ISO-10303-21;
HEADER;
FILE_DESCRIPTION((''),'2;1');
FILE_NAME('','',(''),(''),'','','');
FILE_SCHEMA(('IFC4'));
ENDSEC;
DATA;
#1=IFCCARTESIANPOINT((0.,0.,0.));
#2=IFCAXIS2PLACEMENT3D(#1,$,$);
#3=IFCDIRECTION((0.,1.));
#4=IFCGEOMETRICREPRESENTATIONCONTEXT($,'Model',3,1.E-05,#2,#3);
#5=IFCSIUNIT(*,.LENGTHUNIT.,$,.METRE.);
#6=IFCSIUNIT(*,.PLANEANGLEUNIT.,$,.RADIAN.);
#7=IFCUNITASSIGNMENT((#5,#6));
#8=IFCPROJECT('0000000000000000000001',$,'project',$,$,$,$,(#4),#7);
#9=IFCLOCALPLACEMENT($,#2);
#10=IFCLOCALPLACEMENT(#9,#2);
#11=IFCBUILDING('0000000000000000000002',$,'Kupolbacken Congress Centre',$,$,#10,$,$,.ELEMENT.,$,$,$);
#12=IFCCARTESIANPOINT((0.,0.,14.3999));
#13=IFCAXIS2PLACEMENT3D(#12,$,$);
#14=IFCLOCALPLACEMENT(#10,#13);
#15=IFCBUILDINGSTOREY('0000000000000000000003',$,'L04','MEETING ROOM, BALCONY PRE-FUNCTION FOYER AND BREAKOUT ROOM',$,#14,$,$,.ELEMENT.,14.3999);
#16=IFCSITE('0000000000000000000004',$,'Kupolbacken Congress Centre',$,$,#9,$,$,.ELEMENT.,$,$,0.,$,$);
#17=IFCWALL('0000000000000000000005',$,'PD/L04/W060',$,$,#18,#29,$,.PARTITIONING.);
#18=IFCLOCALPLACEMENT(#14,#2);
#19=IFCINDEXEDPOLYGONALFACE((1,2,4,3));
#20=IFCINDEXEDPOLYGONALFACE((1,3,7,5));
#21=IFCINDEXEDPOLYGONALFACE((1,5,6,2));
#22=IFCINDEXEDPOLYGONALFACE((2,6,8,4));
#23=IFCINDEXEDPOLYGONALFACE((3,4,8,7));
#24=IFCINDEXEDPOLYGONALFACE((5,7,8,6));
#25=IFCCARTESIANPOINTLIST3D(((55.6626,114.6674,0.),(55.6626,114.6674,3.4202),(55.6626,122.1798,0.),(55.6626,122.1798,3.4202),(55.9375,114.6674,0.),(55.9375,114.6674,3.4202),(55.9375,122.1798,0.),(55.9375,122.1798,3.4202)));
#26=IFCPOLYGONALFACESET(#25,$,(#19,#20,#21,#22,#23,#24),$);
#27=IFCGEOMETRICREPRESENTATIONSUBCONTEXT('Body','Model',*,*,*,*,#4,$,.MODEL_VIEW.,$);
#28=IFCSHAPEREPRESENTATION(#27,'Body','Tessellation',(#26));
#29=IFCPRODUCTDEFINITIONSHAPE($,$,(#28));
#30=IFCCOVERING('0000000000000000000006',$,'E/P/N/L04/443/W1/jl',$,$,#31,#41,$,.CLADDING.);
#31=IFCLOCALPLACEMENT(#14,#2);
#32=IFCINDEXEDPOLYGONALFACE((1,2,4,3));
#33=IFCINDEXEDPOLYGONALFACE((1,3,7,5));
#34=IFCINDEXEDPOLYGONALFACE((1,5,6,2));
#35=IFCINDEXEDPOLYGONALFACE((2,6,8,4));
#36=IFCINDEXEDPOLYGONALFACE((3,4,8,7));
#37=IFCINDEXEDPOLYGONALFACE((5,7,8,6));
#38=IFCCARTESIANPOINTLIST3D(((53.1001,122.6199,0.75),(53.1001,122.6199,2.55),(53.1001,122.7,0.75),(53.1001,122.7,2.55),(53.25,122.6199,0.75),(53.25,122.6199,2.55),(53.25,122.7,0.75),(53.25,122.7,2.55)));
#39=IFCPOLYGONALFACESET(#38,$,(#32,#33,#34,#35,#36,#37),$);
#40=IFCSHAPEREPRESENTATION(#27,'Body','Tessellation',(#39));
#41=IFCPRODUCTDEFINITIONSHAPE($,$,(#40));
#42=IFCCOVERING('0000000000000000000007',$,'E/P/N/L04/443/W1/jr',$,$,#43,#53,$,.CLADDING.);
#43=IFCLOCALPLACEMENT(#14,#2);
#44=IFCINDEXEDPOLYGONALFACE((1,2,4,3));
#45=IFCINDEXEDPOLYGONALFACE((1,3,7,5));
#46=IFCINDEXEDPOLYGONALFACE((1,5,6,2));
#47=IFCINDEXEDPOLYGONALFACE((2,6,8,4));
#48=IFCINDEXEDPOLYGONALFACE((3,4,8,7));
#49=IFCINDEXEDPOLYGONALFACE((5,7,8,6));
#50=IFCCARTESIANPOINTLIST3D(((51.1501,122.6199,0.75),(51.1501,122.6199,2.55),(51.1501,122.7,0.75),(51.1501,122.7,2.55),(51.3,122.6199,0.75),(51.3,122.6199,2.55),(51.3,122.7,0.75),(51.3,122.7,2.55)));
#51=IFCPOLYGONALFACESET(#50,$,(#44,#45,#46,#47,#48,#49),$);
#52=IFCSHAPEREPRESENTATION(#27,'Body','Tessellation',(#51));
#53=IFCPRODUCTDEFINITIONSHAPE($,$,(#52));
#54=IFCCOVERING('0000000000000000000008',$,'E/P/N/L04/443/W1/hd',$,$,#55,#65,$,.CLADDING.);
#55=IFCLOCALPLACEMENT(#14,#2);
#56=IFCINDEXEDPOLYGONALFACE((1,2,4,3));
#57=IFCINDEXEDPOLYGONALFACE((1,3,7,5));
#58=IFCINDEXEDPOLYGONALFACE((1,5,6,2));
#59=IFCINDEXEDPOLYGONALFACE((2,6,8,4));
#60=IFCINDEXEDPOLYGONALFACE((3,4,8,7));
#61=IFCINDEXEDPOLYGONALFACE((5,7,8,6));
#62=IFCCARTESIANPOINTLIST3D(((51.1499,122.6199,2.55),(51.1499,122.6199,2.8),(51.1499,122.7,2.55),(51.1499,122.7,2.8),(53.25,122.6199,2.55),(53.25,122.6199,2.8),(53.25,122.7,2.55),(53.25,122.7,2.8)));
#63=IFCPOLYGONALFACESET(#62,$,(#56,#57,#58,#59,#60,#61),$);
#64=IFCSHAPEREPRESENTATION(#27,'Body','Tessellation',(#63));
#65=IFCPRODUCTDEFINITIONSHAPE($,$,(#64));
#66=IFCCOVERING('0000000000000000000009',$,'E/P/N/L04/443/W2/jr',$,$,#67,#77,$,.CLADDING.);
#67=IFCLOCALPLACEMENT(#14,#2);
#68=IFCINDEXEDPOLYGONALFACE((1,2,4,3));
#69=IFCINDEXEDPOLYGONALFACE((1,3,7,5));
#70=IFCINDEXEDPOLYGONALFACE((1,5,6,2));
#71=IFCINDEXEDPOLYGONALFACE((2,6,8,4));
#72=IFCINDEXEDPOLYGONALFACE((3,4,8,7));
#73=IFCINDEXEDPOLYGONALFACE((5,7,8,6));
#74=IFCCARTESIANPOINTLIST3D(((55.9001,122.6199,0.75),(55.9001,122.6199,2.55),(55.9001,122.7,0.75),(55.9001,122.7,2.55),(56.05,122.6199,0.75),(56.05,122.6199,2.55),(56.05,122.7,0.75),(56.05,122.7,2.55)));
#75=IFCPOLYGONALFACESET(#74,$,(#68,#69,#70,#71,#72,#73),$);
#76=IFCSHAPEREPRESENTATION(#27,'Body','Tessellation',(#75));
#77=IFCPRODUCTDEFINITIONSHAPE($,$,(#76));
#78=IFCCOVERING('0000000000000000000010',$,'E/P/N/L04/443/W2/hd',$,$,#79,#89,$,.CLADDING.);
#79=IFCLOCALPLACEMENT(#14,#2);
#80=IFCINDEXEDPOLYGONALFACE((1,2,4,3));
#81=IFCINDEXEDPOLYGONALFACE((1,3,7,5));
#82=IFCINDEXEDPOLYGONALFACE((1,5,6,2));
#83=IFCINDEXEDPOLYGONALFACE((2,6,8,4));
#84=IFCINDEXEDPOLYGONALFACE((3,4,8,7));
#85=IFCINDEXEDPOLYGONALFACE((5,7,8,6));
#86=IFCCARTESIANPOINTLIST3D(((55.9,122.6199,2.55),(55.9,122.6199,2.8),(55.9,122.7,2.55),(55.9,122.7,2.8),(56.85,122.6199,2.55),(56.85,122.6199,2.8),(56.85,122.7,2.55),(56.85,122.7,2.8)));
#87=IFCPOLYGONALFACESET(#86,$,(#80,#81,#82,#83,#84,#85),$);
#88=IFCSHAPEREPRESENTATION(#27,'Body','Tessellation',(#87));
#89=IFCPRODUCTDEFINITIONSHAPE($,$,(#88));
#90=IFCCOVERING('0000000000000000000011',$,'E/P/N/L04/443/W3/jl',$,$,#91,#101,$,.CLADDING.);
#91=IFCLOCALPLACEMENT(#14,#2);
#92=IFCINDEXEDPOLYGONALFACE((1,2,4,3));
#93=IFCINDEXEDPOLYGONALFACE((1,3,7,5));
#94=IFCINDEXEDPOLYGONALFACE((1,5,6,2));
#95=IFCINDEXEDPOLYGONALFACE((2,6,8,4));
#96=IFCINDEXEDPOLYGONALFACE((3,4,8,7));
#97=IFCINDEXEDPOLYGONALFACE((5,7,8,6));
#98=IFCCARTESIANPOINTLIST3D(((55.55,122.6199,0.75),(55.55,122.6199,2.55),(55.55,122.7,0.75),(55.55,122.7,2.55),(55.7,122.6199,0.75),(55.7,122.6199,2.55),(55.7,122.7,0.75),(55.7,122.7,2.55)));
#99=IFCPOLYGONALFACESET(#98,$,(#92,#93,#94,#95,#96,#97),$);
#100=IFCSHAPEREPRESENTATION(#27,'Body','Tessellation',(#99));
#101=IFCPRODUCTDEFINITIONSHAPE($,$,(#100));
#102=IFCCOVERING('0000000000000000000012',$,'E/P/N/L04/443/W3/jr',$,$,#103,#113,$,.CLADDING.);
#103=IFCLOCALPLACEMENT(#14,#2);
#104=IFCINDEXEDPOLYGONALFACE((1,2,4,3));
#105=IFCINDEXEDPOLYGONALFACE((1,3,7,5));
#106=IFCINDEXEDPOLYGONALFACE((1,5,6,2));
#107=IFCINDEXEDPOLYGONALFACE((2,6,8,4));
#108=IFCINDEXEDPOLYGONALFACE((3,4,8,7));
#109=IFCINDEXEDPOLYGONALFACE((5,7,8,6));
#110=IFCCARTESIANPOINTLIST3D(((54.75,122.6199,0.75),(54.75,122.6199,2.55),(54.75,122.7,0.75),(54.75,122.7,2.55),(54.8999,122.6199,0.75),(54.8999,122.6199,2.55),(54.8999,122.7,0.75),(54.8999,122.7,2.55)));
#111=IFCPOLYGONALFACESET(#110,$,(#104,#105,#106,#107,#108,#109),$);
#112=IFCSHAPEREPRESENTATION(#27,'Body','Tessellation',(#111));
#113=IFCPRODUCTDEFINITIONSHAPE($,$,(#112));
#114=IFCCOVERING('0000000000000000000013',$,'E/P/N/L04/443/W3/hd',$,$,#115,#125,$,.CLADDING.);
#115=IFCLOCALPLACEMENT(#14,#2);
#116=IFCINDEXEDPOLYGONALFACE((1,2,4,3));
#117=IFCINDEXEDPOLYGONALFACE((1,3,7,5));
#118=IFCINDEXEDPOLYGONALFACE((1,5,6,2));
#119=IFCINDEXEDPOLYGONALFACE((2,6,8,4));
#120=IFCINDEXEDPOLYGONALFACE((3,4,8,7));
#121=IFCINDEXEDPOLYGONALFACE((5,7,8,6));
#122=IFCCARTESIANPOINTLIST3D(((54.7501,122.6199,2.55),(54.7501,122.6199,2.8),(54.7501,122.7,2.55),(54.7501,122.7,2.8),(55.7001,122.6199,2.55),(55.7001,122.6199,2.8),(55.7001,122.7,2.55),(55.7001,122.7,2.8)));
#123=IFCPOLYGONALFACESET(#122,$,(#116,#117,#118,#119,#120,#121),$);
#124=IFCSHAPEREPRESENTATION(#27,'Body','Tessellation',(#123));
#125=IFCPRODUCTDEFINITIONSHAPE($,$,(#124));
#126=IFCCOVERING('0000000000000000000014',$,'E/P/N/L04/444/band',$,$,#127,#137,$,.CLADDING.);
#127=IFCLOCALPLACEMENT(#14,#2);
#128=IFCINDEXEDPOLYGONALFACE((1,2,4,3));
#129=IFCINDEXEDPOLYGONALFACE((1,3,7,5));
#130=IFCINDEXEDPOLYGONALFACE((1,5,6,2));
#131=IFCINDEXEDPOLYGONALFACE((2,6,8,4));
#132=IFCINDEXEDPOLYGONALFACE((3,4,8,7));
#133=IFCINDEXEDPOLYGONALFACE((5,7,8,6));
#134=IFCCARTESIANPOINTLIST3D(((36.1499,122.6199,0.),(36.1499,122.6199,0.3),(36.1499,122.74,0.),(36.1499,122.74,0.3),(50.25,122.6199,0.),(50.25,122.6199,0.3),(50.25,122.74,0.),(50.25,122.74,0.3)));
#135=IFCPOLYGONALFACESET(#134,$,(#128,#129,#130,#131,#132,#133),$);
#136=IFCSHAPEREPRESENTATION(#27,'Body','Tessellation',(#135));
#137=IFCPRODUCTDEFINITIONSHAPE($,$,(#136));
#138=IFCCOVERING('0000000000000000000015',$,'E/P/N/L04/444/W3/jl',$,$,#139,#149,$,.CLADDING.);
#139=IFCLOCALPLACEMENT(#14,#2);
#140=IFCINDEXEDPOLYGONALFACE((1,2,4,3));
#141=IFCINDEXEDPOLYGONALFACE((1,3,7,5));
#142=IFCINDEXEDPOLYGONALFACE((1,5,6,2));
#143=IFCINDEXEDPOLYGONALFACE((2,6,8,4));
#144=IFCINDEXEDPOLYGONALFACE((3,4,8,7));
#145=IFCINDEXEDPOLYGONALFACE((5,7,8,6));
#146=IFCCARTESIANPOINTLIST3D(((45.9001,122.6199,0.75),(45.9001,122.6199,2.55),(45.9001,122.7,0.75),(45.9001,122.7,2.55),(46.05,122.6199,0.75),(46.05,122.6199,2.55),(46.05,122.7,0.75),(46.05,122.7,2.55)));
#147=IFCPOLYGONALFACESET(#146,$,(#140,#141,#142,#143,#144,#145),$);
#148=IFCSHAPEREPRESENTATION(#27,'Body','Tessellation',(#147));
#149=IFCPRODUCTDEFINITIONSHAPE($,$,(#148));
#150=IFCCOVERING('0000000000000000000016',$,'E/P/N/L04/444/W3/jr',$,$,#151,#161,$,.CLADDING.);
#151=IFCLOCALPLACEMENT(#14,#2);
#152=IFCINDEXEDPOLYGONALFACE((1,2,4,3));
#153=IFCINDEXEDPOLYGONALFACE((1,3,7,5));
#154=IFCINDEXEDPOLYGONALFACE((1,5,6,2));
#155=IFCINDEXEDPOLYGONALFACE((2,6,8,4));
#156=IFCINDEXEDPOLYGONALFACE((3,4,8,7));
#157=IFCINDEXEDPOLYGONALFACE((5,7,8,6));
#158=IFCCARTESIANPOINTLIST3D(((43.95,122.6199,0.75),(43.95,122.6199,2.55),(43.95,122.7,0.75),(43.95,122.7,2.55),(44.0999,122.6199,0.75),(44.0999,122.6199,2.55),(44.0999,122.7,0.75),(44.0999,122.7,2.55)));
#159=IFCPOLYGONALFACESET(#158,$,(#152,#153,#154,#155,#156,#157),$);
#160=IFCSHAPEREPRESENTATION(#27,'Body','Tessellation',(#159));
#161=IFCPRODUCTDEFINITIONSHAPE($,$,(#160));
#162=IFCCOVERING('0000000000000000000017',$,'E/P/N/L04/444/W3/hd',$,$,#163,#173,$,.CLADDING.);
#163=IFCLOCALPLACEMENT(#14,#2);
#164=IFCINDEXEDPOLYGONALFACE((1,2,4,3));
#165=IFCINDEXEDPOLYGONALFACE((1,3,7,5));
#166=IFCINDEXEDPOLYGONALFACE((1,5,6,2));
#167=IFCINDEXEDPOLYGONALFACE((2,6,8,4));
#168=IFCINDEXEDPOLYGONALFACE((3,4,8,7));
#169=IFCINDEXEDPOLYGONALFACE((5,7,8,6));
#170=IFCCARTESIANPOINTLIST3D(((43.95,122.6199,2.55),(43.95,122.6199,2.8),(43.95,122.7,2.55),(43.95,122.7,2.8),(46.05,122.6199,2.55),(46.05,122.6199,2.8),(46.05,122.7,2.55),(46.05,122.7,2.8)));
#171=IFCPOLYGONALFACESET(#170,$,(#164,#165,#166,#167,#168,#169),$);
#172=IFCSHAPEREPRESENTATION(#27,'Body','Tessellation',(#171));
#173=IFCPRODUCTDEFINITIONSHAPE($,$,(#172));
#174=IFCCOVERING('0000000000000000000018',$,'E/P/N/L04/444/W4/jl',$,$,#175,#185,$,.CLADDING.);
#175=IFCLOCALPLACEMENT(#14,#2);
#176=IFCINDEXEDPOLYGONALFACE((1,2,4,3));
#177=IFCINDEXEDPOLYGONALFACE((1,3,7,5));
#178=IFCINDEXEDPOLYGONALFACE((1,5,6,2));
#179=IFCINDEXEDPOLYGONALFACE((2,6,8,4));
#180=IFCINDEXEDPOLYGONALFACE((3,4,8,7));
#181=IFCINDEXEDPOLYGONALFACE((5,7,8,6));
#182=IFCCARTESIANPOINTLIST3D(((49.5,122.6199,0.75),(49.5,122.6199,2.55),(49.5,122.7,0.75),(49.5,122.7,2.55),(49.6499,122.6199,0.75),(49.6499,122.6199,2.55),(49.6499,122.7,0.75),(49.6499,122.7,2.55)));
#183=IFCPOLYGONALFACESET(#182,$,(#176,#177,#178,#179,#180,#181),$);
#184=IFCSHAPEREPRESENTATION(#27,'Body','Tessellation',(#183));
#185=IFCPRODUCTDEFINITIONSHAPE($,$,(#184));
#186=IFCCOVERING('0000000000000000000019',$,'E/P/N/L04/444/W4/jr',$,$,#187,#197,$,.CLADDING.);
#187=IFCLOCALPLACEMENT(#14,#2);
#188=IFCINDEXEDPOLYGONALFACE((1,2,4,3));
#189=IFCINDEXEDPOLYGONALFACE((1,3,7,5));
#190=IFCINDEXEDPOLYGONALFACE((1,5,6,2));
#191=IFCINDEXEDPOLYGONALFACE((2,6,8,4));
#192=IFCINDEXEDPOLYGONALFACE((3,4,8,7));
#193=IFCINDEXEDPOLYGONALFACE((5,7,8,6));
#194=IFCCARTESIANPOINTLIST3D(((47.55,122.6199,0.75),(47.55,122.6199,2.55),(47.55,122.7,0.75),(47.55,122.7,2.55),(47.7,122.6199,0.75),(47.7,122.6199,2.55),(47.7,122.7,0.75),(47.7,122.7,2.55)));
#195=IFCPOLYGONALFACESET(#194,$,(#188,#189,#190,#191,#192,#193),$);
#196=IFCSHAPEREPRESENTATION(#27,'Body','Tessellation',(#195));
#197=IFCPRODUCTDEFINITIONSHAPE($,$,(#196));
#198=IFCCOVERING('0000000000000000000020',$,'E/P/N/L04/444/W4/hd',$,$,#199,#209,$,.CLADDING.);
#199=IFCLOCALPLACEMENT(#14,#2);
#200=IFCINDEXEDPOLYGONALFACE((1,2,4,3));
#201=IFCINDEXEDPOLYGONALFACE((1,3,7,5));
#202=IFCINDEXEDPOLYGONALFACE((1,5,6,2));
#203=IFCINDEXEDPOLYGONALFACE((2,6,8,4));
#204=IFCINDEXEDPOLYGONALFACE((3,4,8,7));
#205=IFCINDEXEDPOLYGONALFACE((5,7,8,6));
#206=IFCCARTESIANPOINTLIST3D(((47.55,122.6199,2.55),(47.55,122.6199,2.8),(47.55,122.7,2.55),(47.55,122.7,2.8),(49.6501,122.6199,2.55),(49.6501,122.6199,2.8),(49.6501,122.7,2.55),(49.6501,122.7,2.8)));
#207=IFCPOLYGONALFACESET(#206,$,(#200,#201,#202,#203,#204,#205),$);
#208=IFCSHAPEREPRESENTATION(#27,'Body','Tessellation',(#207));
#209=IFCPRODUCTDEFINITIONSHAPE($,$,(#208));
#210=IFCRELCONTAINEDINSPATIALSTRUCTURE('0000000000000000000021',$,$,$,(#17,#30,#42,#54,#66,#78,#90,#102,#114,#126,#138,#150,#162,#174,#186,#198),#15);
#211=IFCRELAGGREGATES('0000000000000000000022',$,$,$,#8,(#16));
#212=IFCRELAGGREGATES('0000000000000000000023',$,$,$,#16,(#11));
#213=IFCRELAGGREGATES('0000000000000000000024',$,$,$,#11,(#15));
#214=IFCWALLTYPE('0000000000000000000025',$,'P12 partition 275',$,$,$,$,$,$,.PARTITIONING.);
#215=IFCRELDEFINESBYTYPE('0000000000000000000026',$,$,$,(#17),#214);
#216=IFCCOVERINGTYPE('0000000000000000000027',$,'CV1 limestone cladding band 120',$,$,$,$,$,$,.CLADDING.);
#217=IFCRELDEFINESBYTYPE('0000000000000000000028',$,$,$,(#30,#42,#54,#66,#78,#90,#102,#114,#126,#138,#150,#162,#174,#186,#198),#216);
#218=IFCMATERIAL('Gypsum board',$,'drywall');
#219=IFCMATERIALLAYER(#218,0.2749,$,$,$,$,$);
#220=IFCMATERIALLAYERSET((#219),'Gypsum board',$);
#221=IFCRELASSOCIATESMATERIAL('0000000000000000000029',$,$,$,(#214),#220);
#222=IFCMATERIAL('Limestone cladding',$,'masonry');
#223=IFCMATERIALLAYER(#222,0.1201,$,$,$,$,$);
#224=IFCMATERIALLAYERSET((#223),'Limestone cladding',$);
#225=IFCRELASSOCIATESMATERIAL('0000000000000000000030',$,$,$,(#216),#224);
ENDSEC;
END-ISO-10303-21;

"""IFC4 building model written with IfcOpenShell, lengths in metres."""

from ifc_helpers import new_model, si_unit, direction, frame, frame_2d, origin, origin_2d, place, context, subcontext, project, spatial, rectangle, extrude, material, layer, layer_set, type_object, element, save


model = new_model("IFC4")

# Units and contexts
model_context = context("Model", 3, precision=1e-05, world=origin(), true_north=direction((0.0, 1.0)))
body_context = subcontext(model_context, "Body", "Model", "MODEL_VIEW")
ifc_project = project(units=[si_unit("LENGTHUNIT", "METRE"), si_unit("PLANEANGLEUNIT", "RADIAN")], contexts=[model_context])

# Site, building, storey
site_placement = place(None, origin())
site = spatial("IfcSite", under=ifc_project, at=site_placement, Name="Kupolbacken Congress Centre", CompositionType="ELEMENT", RefElevation=0.0)
building_placement = place(site_placement, origin())
building = spatial("IfcBuilding", under=site, at=building_placement, Name="Kupolbacken Congress Centre", CompositionType="ELEMENT")
storey_placement = place(building_placement, frame((0.0, 0.0, 14.3999)))
storey = spatial("IfcBuildingStorey", under=building, at=storey_placement, Name="L04", Description="MEETING ROOM, BALCONY PRE-FUNCTION FOYER AND BREAKOUT ROOM", CompositionType="ELEMENT", Elevation=14.3999)

# Wall
ifc_material_1 = material(Name="Gypsum board", Category="drywall")
ifc_layer_1 = layer(ifc_material_1, 0.2749)
ifc_layer_set_1 = layer_set([ifc_layer_1], Name="Gypsum board")
wall_type_1 = type_object("IfcWallType", Name="P12 partition 275", PredefinedType="PARTITIONING", material=ifc_layer_set_1)
wall_1_placement = place(storey_placement, frame((55.8, 122.1799, 0.0), z_axis=(0.0, 0.0, 1.0), x_axis=(0.0, -1.0, 0.0)))
element("IfcWall", 1, at=wall_1_placement, inside=storey, type_object=wall_type_1, Name="PD/L04/W060", PredefinedType="PARTITIONING", context=body_context, shape_type="SweptSolid", body=[
    extrude(rectangle(XDim=7.5125, YDim=0.2749, at=frame_2d((3.7563, 0.0))), origin(), (0.0, 0.0, 1.0), 3.4202),
])

# Coverings
ifc_material_2 = material(Name="Limestone cladding", Category="masonry")
ifc_layer_2 = layer(ifc_material_2, 0.1201)
ifc_layer_set_2 = layer_set([ifc_layer_2], Name="Limestone cladding")
covering_type = type_object("IfcCoveringType", Name="CV1 limestone cladding band 120", PredefinedType="CLADDING", material=ifc_layer_set_2)
for number, where, z_axis, x_axis, name in (
    (2, (53.175, 122.6599, 0.75), (0.0, 0.0, 1.0), (-1.0, 0.0, 0.0), "E/P/N/L04/443/W1/jl"),
    (3, (51.2251, 122.6599, 0.75), (0.0, 0.0, 1.0), (-1.0, 0.0, 0.0), "E/P/N/L04/443/W1/jr"),
):
    element("IfcCovering", number, at=place(storey_placement, frame(where, z_axis=z_axis, x_axis=x_axis)), inside=storey, type_object=covering_type, Name=name, PredefinedType="CLADDING", context=body_context, shape_type="SweptSolid", body=[
        extrude(rectangle(XDim=0.1499, YDim=0.0801, at=origin_2d()), origin(), (0.0, 0.0, 1.0), 1.8),
    ])
covering_1_placement = place(storey_placement, frame((52.2, 122.6599, 2.55), z_axis=(0.0, 0.0, 1.0), x_axis=(-1.0, 0.0, 0.0)))
element("IfcCovering", 4, at=covering_1_placement, inside=storey, type_object=covering_type, Name="E/P/N/L04/443/W1/hd", PredefinedType="CLADDING", context=body_context, shape_type="SweptSolid", body=[
    extrude(rectangle(XDim=2.1001, YDim=0.0801, at=origin_2d()), origin(), (0.0, 0.0, 1.0), 0.25),
])
covering_2_placement = place(storey_placement, frame((55.9751, 122.6599, 0.75), z_axis=(0.0, 0.0, 1.0), x_axis=(-1.0, 0.0, 0.0)))
element("IfcCovering", 5, at=covering_2_placement, inside=storey, type_object=covering_type, Name="E/P/N/L04/443/W2/jr", PredefinedType="CLADDING", context=body_context, shape_type="SweptSolid", body=[
    extrude(rectangle(XDim=0.1499, YDim=0.0801, at=origin_2d()), origin(), (0.0, 0.0, 1.0), 1.8),
])
covering_3_placement = place(storey_placement, frame((56.375, 122.6599, 2.55), z_axis=(0.0, 0.0, 1.0), x_axis=(-1.0, 0.0, 0.0)))
element("IfcCovering", 6, at=covering_3_placement, inside=storey, type_object=covering_type, Name="E/P/N/L04/443/W2/hd", PredefinedType="CLADDING", context=body_context, shape_type="SweptSolid", body=[
    extrude(rectangle(XDim=0.95, YDim=0.0801, at=origin_2d()), origin(), (0.0, 0.0, 1.0), 0.25),
])
for number, where, z_axis, x_axis, name in (
    (7, (55.625, 122.6599, 0.75), (0.0, 0.0, 1.0), (-1.0, 0.0, 0.0), "E/P/N/L04/443/W3/jl"),
    (8, (54.825, 122.6599, 0.75), (0.0, 0.0, 1.0), (-1.0, 0.0, 0.0), "E/P/N/L04/443/W3/jr"),
):
    element("IfcCovering", number, at=place(storey_placement, frame(where, z_axis=z_axis, x_axis=x_axis)), inside=storey, type_object=covering_type, Name=name, PredefinedType="CLADDING", context=body_context, shape_type="SweptSolid", body=[
        extrude(rectangle(XDim=0.1499, YDim=0.0801, at=origin_2d()), origin(), (0.0, 0.0, 1.0), 1.8),
    ])
covering_4_placement = place(storey_placement, frame((55.2251, 122.6599, 2.55), z_axis=(0.0, 0.0, 1.0), x_axis=(-1.0, 0.0, 0.0)))
element("IfcCovering", 9, at=covering_4_placement, inside=storey, type_object=covering_type, Name="E/P/N/L04/443/W3/hd", PredefinedType="CLADDING", context=body_context, shape_type="SweptSolid", body=[
    extrude(rectangle(XDim=0.95, YDim=0.0801, at=origin_2d()), origin(), (0.0, 0.0, 1.0), 0.25),
])
covering_5_placement = place(storey_placement, frame((43.2, 122.6799, 0.0), z_axis=(0.0, 0.0, 1.0), x_axis=(-1.0, 0.0, 0.0)))
element("IfcCovering", 10, at=covering_5_placement, inside=storey, type_object=covering_type, Name="E/P/N/L04/444/band", PredefinedType="CLADDING", context=body_context, shape_type="SweptSolid", body=[
    extrude(rectangle(XDim=14.1001, YDim=0.1201, at=origin_2d()), origin(), (0.0, 0.0, 1.0), 0.3),
])
for number, where, z_axis, x_axis, name in (
    (11, (45.9751, 122.6599, 0.75), (0.0, 0.0, 1.0), (-1.0, 0.0, 0.0), "E/P/N/L04/444/W3/jl"),
    (12, (44.0249, 122.6599, 0.75), (0.0, 0.0, 1.0), (-1.0, 0.0, 0.0), "E/P/N/L04/444/W3/jr"),
):
    element("IfcCovering", number, at=place(storey_placement, frame(where, z_axis=z_axis, x_axis=x_axis)), inside=storey, type_object=covering_type, Name=name, PredefinedType="CLADDING", context=body_context, shape_type="SweptSolid", body=[
        extrude(rectangle(XDim=0.1499, YDim=0.0801, at=origin_2d()), origin(), (0.0, 0.0, 1.0), 1.8),
    ])
covering_6_placement = place(storey_placement, frame((45.0, 122.6599, 2.55), z_axis=(0.0, 0.0, 1.0), x_axis=(-1.0, 0.0, 0.0)))
element("IfcCovering", 13, at=covering_6_placement, inside=storey, type_object=covering_type, Name="E/P/N/L04/444/W3/hd", PredefinedType="CLADDING", context=body_context, shape_type="SweptSolid", body=[
    extrude(rectangle(XDim=2.1001, YDim=0.0801, at=origin_2d()), origin(), (0.0, 0.0, 1.0), 0.25),
])
for number, where, z_axis, x_axis, name in (
    (14, (49.575, 122.6599, 0.75), (0.0, 0.0, 1.0), (-1.0, 0.0, 0.0), "E/P/N/L04/444/W4/jl"),
    (15, (47.625, 122.6599, 0.75), (0.0, 0.0, 1.0), (-1.0, 0.0, 0.0), "E/P/N/L04/444/W4/jr"),
):
    element("IfcCovering", number, at=place(storey_placement, frame(where, z_axis=z_axis, x_axis=x_axis)), inside=storey, type_object=covering_type, Name=name, PredefinedType="CLADDING", context=body_context, shape_type="SweptSolid", body=[
        extrude(rectangle(XDim=0.1499, YDim=0.0801, at=origin_2d()), origin(), (0.0, 0.0, 1.0), 1.8),
    ])
covering_7_placement = place(storey_placement, frame((48.6001, 122.6599, 2.55), z_axis=(0.0, 0.0, 1.0), x_axis=(-1.0, 0.0, 0.0)))
element("IfcCovering", 16, at=covering_7_placement, inside=storey, type_object=covering_type, Name="E/P/N/L04/444/W4/hd", PredefinedType="CLADDING", context=body_context, shape_type="SweptSolid", body=[
    extrude(rectangle(XDim=2.1001, YDim=0.0801, at=origin_2d()), origin(), (0.0, 0.0, 1.0), 0.25),
])

save(model, "model.ifc")
